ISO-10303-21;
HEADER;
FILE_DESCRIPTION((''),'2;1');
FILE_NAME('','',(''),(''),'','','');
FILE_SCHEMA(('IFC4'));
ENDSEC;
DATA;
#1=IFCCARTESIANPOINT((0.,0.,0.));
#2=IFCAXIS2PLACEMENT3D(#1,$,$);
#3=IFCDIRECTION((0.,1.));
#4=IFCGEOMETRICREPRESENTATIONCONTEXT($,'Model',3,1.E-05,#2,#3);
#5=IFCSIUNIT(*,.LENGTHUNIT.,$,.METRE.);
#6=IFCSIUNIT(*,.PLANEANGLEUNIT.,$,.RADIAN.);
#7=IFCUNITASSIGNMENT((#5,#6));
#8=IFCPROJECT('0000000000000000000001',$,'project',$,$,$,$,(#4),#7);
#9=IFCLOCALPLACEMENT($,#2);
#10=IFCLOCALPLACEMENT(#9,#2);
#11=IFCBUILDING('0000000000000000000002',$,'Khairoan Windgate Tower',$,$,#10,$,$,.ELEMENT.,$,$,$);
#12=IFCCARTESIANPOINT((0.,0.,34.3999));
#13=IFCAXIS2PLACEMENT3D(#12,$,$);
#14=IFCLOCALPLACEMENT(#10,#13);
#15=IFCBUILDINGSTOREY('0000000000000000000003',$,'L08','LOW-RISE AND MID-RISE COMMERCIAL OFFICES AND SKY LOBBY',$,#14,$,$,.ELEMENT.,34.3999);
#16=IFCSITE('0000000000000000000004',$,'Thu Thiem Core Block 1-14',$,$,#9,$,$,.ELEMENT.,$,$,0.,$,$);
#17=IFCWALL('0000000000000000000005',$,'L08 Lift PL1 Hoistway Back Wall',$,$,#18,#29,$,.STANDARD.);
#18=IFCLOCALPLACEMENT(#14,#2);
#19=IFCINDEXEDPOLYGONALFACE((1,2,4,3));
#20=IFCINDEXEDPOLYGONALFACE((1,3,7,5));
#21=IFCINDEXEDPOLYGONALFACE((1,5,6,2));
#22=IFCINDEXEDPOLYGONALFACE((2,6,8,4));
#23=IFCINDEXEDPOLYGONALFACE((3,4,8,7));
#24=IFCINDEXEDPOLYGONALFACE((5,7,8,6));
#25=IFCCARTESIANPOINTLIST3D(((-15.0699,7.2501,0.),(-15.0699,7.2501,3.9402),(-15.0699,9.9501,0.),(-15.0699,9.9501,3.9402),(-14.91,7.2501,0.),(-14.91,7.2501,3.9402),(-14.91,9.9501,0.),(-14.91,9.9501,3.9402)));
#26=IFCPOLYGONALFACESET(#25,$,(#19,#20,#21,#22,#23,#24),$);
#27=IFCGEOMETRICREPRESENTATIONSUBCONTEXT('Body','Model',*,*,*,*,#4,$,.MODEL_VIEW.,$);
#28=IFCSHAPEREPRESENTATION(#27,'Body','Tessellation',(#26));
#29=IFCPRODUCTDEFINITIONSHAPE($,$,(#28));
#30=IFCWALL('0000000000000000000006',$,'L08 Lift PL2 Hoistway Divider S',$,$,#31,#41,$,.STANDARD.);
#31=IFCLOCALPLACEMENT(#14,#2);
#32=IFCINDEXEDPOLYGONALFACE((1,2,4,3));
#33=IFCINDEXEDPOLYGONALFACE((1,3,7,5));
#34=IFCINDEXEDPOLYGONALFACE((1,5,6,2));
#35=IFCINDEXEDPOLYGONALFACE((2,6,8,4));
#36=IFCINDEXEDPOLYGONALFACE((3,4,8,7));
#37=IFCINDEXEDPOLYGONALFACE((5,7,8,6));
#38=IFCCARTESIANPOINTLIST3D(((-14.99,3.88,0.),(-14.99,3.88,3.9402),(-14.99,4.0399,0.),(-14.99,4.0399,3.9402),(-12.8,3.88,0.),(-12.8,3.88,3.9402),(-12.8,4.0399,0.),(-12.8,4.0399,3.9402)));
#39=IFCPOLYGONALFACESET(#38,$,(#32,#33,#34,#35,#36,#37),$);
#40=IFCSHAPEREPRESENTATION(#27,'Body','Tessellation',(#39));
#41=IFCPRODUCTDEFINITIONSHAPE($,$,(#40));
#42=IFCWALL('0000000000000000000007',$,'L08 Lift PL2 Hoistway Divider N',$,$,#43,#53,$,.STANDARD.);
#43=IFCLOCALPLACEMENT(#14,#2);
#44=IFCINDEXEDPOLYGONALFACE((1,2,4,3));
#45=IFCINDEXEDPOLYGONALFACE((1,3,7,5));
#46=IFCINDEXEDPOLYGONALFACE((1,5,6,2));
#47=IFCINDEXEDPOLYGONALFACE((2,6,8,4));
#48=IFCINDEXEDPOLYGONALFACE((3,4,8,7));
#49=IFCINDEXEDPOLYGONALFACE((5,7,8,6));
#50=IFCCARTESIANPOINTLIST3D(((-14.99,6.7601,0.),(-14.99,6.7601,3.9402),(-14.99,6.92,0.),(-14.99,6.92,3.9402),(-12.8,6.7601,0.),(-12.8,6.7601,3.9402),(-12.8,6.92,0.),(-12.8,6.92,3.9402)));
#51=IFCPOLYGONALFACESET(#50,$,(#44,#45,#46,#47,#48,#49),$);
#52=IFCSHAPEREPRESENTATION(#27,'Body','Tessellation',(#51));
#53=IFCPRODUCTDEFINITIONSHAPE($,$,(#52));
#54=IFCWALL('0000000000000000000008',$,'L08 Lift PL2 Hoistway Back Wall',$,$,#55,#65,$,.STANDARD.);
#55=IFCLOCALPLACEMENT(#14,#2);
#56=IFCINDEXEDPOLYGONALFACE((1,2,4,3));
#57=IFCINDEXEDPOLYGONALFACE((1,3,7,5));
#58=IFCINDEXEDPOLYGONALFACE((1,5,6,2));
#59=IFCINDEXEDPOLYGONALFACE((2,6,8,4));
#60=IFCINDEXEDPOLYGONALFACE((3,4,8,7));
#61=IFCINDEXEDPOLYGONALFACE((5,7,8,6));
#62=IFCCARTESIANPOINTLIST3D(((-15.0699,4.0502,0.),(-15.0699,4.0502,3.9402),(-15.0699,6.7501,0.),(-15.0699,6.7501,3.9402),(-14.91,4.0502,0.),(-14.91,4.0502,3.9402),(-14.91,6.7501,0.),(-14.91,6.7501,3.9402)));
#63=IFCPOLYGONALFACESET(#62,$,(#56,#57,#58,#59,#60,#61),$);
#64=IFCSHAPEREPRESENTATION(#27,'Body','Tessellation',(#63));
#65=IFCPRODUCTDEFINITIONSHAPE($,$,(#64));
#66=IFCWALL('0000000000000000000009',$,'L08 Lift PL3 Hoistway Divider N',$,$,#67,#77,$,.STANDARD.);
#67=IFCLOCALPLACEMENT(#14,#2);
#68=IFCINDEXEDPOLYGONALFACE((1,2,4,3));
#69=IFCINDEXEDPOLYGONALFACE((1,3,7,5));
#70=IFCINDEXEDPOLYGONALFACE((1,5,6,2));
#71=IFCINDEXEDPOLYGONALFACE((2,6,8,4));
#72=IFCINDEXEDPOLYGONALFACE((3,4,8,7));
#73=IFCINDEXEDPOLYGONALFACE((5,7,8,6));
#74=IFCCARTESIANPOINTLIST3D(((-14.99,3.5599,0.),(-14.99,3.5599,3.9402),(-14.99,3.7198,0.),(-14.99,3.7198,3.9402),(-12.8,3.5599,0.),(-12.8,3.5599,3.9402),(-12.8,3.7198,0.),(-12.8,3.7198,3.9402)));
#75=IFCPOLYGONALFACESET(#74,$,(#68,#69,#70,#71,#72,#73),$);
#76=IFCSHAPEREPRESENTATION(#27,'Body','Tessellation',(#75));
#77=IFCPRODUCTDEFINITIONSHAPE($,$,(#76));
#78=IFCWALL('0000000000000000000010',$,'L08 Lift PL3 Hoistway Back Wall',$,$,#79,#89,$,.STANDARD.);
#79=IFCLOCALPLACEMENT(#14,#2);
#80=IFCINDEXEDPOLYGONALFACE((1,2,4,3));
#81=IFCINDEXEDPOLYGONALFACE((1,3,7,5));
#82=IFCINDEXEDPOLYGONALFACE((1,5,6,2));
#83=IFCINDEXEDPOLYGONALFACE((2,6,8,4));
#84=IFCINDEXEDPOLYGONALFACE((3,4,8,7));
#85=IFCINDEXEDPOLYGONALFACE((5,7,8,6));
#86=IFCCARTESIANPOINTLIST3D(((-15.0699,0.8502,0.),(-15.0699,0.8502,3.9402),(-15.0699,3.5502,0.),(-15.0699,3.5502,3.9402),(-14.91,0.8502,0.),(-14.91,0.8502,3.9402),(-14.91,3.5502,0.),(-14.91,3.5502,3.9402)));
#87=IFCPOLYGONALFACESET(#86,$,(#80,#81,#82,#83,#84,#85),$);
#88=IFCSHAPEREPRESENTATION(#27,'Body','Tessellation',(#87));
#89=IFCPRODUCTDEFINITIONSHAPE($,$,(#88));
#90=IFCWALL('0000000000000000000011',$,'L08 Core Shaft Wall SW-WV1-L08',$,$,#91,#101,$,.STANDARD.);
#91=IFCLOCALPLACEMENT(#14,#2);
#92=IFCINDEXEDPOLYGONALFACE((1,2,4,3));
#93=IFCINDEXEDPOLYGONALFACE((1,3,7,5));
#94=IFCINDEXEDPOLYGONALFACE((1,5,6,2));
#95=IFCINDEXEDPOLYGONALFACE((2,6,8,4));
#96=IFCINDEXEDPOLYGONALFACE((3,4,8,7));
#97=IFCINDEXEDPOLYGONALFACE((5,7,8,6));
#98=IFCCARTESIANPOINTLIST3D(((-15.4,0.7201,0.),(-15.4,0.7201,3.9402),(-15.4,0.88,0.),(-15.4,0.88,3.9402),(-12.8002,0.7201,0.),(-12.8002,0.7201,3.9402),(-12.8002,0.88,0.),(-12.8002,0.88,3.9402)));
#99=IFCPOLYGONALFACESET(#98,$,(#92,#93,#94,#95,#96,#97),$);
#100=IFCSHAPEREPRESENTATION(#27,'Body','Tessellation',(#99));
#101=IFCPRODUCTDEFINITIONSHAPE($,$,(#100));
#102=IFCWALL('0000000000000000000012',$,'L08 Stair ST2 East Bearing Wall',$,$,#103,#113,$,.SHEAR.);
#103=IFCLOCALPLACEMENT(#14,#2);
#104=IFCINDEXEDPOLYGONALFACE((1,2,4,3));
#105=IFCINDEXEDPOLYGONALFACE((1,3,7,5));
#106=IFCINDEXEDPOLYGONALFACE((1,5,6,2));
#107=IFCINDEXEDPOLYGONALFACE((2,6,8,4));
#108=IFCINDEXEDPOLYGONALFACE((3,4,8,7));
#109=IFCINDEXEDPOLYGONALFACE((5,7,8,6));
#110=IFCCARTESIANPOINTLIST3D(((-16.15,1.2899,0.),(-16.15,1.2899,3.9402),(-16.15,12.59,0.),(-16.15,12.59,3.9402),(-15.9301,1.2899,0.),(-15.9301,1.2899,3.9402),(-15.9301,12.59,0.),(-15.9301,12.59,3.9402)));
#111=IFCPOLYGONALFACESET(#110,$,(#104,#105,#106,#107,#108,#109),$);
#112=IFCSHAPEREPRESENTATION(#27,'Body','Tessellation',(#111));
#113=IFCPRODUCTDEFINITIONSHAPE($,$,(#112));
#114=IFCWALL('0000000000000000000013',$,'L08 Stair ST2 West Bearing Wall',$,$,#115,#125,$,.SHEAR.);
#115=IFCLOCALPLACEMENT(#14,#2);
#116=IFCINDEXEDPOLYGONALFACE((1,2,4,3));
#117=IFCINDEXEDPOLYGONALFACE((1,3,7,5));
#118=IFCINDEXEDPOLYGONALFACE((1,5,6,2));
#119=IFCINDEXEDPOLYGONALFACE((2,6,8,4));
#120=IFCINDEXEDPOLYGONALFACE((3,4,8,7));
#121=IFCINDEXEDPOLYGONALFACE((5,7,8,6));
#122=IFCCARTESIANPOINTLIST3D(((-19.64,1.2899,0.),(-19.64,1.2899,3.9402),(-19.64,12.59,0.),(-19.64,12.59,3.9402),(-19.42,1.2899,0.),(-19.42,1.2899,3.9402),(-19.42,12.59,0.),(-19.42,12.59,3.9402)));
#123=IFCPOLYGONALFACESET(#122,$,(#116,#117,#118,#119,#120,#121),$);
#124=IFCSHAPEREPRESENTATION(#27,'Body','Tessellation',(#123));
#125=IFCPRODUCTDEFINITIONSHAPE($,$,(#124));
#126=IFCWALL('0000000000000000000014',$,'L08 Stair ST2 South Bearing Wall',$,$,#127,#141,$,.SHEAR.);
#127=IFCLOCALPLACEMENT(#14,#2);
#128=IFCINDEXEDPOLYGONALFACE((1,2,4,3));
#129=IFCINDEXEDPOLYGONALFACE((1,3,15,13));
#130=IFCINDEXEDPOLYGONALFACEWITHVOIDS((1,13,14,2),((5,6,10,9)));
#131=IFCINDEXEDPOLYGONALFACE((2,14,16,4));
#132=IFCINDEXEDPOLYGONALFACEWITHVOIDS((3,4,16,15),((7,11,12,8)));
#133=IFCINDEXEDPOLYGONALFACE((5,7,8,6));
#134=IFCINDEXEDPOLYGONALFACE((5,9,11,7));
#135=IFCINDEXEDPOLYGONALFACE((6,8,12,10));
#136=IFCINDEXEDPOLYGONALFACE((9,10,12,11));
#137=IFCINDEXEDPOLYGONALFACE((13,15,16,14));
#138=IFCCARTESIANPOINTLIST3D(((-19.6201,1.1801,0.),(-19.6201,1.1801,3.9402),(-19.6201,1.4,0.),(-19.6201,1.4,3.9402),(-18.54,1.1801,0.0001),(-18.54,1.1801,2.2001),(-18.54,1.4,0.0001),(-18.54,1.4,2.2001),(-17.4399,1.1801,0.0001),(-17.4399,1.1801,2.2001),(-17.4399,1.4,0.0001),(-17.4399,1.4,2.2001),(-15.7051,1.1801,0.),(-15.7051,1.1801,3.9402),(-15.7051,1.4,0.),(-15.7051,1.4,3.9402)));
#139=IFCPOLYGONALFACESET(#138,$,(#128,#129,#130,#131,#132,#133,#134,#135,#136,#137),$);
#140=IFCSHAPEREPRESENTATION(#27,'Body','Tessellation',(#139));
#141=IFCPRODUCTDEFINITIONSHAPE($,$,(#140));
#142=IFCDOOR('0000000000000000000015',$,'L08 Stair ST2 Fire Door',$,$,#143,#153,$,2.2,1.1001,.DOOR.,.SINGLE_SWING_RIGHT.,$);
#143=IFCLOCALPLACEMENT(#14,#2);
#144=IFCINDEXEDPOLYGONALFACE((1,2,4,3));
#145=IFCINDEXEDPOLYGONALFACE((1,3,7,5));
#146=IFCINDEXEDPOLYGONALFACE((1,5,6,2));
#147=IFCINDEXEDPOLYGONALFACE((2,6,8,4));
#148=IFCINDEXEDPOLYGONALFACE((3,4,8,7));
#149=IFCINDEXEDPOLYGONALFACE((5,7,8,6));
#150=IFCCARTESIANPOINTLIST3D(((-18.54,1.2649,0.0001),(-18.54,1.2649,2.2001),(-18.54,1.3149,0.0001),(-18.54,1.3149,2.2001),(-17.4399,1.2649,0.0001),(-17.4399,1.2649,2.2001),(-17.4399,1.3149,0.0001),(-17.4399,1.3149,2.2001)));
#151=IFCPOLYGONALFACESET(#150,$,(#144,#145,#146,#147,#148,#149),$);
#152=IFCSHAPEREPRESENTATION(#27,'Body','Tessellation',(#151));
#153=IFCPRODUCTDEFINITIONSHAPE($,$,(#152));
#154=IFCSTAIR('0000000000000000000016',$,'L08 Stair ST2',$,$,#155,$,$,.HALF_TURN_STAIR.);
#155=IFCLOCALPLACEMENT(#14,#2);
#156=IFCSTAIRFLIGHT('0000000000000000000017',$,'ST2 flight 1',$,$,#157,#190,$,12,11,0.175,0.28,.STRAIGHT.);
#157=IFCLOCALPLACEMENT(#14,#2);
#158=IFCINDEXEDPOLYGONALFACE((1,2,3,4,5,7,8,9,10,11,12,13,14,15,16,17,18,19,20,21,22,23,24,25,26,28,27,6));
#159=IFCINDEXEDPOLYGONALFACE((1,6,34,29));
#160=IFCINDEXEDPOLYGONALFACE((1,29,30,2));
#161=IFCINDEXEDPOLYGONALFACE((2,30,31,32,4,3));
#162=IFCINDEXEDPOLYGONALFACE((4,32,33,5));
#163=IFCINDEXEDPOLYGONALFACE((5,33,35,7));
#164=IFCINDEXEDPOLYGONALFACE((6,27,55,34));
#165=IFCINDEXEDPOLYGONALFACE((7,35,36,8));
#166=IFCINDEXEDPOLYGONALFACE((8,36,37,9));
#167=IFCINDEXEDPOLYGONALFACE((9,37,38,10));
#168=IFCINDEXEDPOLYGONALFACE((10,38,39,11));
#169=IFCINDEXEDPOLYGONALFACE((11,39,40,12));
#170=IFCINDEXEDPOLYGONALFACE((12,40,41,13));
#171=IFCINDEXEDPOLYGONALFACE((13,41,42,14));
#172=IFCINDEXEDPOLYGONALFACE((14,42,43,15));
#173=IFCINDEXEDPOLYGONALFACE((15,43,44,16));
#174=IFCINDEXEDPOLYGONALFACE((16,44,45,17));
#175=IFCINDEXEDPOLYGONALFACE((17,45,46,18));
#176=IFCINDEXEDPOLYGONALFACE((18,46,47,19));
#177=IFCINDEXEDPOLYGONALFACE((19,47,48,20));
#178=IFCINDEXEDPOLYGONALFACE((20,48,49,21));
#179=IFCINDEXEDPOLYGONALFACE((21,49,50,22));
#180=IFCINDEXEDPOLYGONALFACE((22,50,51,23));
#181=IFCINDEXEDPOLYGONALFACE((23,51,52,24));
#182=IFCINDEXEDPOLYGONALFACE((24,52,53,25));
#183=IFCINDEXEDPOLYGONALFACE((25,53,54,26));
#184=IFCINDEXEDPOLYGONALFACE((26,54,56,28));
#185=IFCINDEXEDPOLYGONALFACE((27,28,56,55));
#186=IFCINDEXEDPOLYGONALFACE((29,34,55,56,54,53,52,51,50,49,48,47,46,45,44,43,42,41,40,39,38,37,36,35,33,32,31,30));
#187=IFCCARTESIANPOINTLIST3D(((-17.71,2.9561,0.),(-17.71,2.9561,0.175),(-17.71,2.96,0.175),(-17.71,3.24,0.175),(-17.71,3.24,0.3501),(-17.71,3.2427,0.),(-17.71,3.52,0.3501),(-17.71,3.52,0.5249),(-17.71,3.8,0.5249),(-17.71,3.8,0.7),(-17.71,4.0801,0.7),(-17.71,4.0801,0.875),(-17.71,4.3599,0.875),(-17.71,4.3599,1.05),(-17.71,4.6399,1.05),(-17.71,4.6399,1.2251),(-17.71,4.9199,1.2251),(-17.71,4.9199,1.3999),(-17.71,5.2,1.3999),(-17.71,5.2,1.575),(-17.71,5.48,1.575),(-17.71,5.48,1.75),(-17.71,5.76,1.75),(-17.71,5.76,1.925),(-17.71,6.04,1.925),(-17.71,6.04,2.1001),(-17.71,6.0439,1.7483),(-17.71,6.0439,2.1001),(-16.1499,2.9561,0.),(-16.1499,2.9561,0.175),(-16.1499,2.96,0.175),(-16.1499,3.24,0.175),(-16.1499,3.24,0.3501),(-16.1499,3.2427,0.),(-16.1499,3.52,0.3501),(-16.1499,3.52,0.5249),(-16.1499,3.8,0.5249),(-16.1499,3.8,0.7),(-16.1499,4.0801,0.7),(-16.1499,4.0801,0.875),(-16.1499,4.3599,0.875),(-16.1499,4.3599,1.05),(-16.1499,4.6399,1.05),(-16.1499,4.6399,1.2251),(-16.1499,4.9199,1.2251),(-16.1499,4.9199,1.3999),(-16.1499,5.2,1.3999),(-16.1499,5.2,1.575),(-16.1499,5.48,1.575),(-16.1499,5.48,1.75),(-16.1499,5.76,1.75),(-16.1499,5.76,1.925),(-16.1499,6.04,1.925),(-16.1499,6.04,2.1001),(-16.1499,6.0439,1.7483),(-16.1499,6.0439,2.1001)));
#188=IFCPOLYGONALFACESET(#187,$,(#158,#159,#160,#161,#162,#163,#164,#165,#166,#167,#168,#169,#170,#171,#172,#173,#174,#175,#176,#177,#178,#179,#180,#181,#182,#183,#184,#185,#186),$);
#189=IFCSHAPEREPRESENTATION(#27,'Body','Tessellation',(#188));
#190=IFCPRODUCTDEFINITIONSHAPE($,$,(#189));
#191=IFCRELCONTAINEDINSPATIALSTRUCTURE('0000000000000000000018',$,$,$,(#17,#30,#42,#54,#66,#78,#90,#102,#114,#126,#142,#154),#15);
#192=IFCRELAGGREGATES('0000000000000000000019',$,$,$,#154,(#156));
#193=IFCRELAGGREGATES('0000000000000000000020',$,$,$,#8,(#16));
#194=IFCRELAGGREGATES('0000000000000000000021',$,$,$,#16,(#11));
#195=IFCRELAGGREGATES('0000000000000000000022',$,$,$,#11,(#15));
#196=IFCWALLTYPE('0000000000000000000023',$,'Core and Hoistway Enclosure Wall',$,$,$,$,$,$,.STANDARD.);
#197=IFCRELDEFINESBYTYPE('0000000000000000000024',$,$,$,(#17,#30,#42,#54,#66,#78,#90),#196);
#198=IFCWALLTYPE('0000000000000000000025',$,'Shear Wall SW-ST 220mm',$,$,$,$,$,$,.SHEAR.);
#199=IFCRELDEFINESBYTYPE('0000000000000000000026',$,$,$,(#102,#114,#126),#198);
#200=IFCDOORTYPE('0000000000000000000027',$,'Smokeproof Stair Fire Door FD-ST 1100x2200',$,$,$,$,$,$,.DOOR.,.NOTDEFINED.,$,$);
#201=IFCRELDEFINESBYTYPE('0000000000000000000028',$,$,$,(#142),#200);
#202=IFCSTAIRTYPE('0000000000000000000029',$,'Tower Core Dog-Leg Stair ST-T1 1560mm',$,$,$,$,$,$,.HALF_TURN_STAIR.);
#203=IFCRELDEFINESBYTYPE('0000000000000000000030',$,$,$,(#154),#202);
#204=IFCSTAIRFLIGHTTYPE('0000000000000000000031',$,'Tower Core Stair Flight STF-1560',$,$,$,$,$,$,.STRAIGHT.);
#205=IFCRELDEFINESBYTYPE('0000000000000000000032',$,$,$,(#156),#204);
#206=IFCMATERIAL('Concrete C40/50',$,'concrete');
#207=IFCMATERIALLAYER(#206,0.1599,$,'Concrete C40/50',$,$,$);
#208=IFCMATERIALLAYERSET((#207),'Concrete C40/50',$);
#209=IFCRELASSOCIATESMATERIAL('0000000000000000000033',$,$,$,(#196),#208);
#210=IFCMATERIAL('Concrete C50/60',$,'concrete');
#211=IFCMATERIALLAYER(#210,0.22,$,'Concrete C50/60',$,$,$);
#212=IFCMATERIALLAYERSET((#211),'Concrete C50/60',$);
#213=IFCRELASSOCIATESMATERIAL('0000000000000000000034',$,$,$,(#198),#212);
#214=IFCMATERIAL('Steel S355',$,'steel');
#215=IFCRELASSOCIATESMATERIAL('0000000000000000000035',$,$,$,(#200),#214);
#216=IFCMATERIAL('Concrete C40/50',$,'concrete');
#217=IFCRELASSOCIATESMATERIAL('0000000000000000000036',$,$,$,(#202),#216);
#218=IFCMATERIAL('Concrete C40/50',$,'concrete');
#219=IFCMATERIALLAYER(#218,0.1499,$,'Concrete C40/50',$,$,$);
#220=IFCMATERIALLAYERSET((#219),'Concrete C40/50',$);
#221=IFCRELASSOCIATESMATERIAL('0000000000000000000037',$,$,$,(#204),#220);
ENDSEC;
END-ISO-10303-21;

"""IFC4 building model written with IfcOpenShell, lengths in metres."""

from ifc_helpers import new_model, si_unit, direction, frame, frame_2d, origin, place, context, subcontext, project, spatial, polyline, rectangle, outline, extrude, material, layer, layer_set, type_object, element, fill, aggregate, save


model = new_model("IFC4")

# Units and contexts
model_context = context("Model", 3, precision=1e-05, world=origin(), true_north=direction((0.0, 1.0)))
body_context = subcontext(model_context, "Body", "Model", "MODEL_VIEW")
ifc_project = project(units=[si_unit("LENGTHUNIT", "METRE"), si_unit("PLANEANGLEUNIT", "RADIAN")], contexts=[model_context])

# Site, building, storey
site_placement = place(None, origin())
site = spatial("IfcSite", under=ifc_project, at=site_placement, Name="Thu Thiem Core Block 1-14", CompositionType="ELEMENT", RefElevation=0.0)
building_placement = place(site_placement, origin())
building = spatial("IfcBuilding", under=site, at=building_placement, Name="Khairoan Windgate Tower", CompositionType="ELEMENT")
storey_placement = place(building_placement, frame((0.0, 0.0, 34.3999)))
storey = spatial("IfcBuildingStorey", under=building, at=storey_placement, Name="L08", Description="LOW-RISE AND MID-RISE COMMERCIAL OFFICES AND SKY LOBBY", CompositionType="ELEMENT", Elevation=34.3999)

# Walls
ifc_material_1 = material(Name="Concrete C40/50", Category="concrete")
ifc_layer_1 = layer(ifc_material_1, 0.1599, Name="Concrete C40/50")
ifc_layer_set_1 = layer_set([ifc_layer_1], Name="Concrete C40/50")
wall_type_1 = type_object("IfcWallType", Name="Core and Hoistway Enclosure Wall", PredefinedType="STANDARD", material=ifc_layer_set_1)
wall_1_placement = place(storey_placement, frame((-14.99, 7.25, 0.0), z_axis=(0.0, 0.0, 1.0), x_axis=(0.0, 1.0, 0.0)))
element("IfcWall", 1, at=wall_1_placement, inside=storey, type_object=wall_type_1, Name="L08 Lift PL1 Hoistway Back Wall", PredefinedType="STANDARD", context=body_context, shape_type="SweptSolid", body=[
    extrude(rectangle(XDim=2.7, YDim=0.1599, at=frame_2d((1.3501, 0.0))), origin(), (0.0, 0.0, 1.0), 3.9402),
])
for number, where, z_axis, x_axis, name in (
    (2, (-14.99, 3.96, 0.0), (0.0, 0.0, 1.0), (1.0, 0.0, 0.0), "L08 Lift PL2 Hoistway Divider S"),
    (3, (-14.99, 6.8401, 0.0), (0.0, 0.0, 1.0), (1.0, 0.0, 0.0), "L08 Lift PL2 Hoistway Divider N"),
):
    element("IfcWall", number, at=place(storey_placement, frame(where, z_axis=z_axis, x_axis=x_axis)), inside=storey, type_object=wall_type_1, Name=name, PredefinedType="STANDARD", context=body_context, shape_type="SweptSolid", body=[
        extrude(rectangle(XDim=2.1899, YDim=0.1599, at=frame_2d((1.095, 0.0))), origin(), (0.0, 0.0, 1.0), 3.9402),
    ])
wall_2_placement = place(storey_placement, frame((-14.99, 4.05, 0.0), z_axis=(0.0, 0.0, 1.0), x_axis=(0.0, 1.0, 0.0)))
element("IfcWall", 4, at=wall_2_placement, inside=storey, type_object=wall_type_1, Name="L08 Lift PL2 Hoistway Back Wall", PredefinedType="STANDARD", context=body_context, shape_type="SweptSolid", body=[
    extrude(rectangle(XDim=2.7, YDim=0.1599, at=frame_2d((1.3501, 0.0))), origin(), (0.0, 0.0, 1.0), 3.9402),
])
wall_3_placement = place(storey_placement, frame((-14.99, 3.6399, 0.0), z_axis=(0.0, 0.0, 1.0), x_axis=(1.0, 0.0, 0.0)))
element("IfcWall", 5, at=wall_3_placement, inside=storey, type_object=wall_type_1, Name="L08 Lift PL3 Hoistway Divider N", PredefinedType="STANDARD", context=body_context, shape_type="SweptSolid", body=[
    extrude(rectangle(XDim=2.1899, YDim=0.1599, at=frame_2d((1.095, 0.0))), origin(), (0.0, 0.0, 1.0), 3.9402),
])
wall_4_placement = place(storey_placement, frame((-14.99, 0.8501, 0.0), z_axis=(0.0, 0.0, 1.0), x_axis=(0.0, 1.0, 0.0)))
element("IfcWall", 6, at=wall_4_placement, inside=storey, type_object=wall_type_1, Name="L08 Lift PL3 Hoistway Back Wall", PredefinedType="STANDARD", context=body_context, shape_type="SweptSolid", body=[
    extrude(rectangle(XDim=2.7, YDim=0.1599, at=frame_2d((1.3501, 0.0))), origin(), (0.0, 0.0, 1.0), 3.9402),
])
wall_5_placement = place(storey_placement, frame((-15.3999, 0.8, 0.0), z_axis=(0.0, 0.0, 1.0), x_axis=(1.0, 0.0, 0.0)))
element("IfcWall", 7, at=wall_5_placement, inside=storey, type_object=wall_type_1, Name="L08 Core Shaft Wall SW-WV1-L08", PredefinedType="STANDARD", context=body_context, shape_type="SweptSolid", body=[
    extrude(rectangle(XDim=2.5999, YDim=0.1599, at=frame_2d((1.2998, 0.0))), origin(), (0.0, 0.0, 1.0), 3.9402),
])
ifc_material_2 = material(Name="Concrete C50/60", Category="concrete")
ifc_layer_2 = layer(ifc_material_2, 0.22, Name="Concrete C50/60")
ifc_layer_set_2 = layer_set([ifc_layer_2], Name="Concrete C50/60")
wall_type_2 = type_object("IfcWallType", Name="Shear Wall SW-ST 220mm", PredefinedType="SHEAR", material=ifc_layer_set_2)
for number, where, z_axis, x_axis, name in (
    (8, (-16.04, 1.29, 0.0), (0.0, 0.0, 1.0), (0.0, 1.0, 0.0), "L08 Stair ST2 East Bearing Wall"),
    (9, (-19.53, 1.29, 0.0), (0.0, 0.0, 1.0), (0.0, 1.0, 0.0), "L08 Stair ST2 West Bearing Wall"),
):
    element("IfcWall", number, at=place(storey_placement, frame(where, z_axis=z_axis, x_axis=x_axis)), inside=storey, type_object=wall_type_2, Name=name, PredefinedType="SHEAR", context=body_context, shape_type="SweptSolid", body=[
        extrude(rectangle(XDim=11.3, YDim=0.22, at=frame_2d((5.6499, 0.0))), origin(), (0.0, 0.0, 1.0), 3.9402),
    ])

# Wall, opening, door
wall_6_placement = place(storey_placement, frame((-19.6201, 1.29, 0.0), z_axis=(0.0, 0.0, 1.0), x_axis=(1.0, 0.0, 0.0)))
wall_6 = element("IfcWall", 10, at=wall_6_placement, inside=storey, type_object=wall_type_2, Name="L08 Stair ST2 South Bearing Wall", PredefinedType="SHEAR", context=body_context, shape_type="SweptSolid", body=[
    extrude(rectangle(XDim=3.915, YDim=0.22, at=frame_2d((1.9575, 0.0))), origin(), (0.0, 0.0, 1.0), 3.9402),
])
opening_placement = place(wall_6_placement, frame((1.0801, 0.0, 0.0)))
opening = element("IfcOpeningElement", 11, at=opening_placement, cuts=wall_6, PredefinedType="OPENING", context=body_context, shape_type="SweptSolid", body=[
    extrude(rectangle(XDim=1.1001, YDim=2.2, at=frame_2d((0.55, 1.1001))), frame((0.0, 0.1199, 0.0), z_axis=(0.0, -1.0, 0.0), x_axis=(1.0, 0.0, 0.0)), (0.0, 0.0, 1.0), 0.24),
])
ifc_material_3 = material(Name="Steel S355", Category="steel")
door_type = type_object("IfcDoorType", Name="Smokeproof Stair Fire Door FD-ST 1100x2200", OperationType="NOTDEFINED", PredefinedType="DOOR", material=ifc_material_3)
door_placement = place(opening_placement, origin())
door = element("IfcDoor", 12, at=door_placement, inside=storey, type_object=door_type, Name="L08 Stair ST2 Fire Door", OperationType="SINGLE_SWING_RIGHT", OverallHeight=2.2, OverallWidth=1.1001, PredefinedType="DOOR", context=body_context, shape_type="SweptSolid", body=[
    extrude(rectangle(XDim=1.1001, YDim=2.2, at=frame_2d((0.55, 1.1001))), frame((0.0, 0.0249, 0.0), z_axis=(0.0, -1.0, 0.0), x_axis=(1.0, 0.0, 0.0)), (0.0, 0.0, 1.0), 0.05),
])
fill(opening, door)

# Stair, stair flight
ifc_material_4 = material(Name="Concrete C40/50", Category="concrete")
stair_type = type_object("IfcStairType", Name="Tower Core Dog-Leg Stair ST-T1 1560mm", PredefinedType="HALF_TURN_STAIR", material=ifc_material_4)
stair_placement = place(storey_placement, origin())
stair = element("IfcStair", 13, at=stair_placement, inside=storey, type_object=stair_type, Name="L08 Stair ST2", PredefinedType="HALF_TURN_STAIR")
ifc_material_5 = material(Name="Concrete C40/50", Category="concrete")
ifc_layer_3 = layer(ifc_material_5, 0.1499, Name="Concrete C40/50")
ifc_layer_set_3 = layer_set([ifc_layer_3], Name="Concrete C40/50")
stair_flight_type = type_object("IfcStairFlightType", Name="Tower Core Stair Flight STF-1560", PredefinedType="STRAIGHT", material=ifc_layer_set_3)
stair_flight_1_placement = place(storey_placement, frame((-16.9299, 2.96, 0.0), z_axis=(0.0, 0.0, 1.0), x_axis=(0.0, 1.0, 0.0)))
stair_flight_1 = element("IfcStairFlight", 14, at=stair_flight_1_placement, type_object=stair_flight_type, Name="ST2 flight 1", NumberOfRisers=12, NumberOfTreads=11, PredefinedType="STRAIGHT", RiserHeight=0.175, TreadLength=0.28, context=body_context, shape_type="SweptSolid", body=[
    extrude(outline(polyline([(-0.0039, 0.0), (-0.0039, 0.175), (0.0, 0.175), (0.28, 0.175), (0.28, 0.3501), (0.5601, 0.3501), (0.5601, 0.5249), (0.8401, 0.5249), (0.8401, 0.7), (1.1201, 0.7), (1.1201, 0.875), (1.3999, 0.875), (1.3999, 1.05), (1.6799, 1.05), (1.6799, 1.2251), (1.96, 1.2251), (1.96, 1.3999), (2.24, 1.3999), (2.24, 1.575), (2.52, 1.575), (2.52, 1.75), (2.8, 1.75), (2.8, 1.925), (3.0801, 1.925), (3.0801, 2.1001), (3.084, 2.1001), (3.084, 1.7483), (0.2827, 0.0), (-0.0039, 0.0)])), frame((0.0, 0.78, 0.0), z_axis=(0.0, -1.0, 0.0), x_axis=(1.0, 0.0, 0.0)), (0.0, 0.0, 1.0), 1.5601),
])
aggregate(stair, [stair_flight_1])

save(model, "model.ifc")
